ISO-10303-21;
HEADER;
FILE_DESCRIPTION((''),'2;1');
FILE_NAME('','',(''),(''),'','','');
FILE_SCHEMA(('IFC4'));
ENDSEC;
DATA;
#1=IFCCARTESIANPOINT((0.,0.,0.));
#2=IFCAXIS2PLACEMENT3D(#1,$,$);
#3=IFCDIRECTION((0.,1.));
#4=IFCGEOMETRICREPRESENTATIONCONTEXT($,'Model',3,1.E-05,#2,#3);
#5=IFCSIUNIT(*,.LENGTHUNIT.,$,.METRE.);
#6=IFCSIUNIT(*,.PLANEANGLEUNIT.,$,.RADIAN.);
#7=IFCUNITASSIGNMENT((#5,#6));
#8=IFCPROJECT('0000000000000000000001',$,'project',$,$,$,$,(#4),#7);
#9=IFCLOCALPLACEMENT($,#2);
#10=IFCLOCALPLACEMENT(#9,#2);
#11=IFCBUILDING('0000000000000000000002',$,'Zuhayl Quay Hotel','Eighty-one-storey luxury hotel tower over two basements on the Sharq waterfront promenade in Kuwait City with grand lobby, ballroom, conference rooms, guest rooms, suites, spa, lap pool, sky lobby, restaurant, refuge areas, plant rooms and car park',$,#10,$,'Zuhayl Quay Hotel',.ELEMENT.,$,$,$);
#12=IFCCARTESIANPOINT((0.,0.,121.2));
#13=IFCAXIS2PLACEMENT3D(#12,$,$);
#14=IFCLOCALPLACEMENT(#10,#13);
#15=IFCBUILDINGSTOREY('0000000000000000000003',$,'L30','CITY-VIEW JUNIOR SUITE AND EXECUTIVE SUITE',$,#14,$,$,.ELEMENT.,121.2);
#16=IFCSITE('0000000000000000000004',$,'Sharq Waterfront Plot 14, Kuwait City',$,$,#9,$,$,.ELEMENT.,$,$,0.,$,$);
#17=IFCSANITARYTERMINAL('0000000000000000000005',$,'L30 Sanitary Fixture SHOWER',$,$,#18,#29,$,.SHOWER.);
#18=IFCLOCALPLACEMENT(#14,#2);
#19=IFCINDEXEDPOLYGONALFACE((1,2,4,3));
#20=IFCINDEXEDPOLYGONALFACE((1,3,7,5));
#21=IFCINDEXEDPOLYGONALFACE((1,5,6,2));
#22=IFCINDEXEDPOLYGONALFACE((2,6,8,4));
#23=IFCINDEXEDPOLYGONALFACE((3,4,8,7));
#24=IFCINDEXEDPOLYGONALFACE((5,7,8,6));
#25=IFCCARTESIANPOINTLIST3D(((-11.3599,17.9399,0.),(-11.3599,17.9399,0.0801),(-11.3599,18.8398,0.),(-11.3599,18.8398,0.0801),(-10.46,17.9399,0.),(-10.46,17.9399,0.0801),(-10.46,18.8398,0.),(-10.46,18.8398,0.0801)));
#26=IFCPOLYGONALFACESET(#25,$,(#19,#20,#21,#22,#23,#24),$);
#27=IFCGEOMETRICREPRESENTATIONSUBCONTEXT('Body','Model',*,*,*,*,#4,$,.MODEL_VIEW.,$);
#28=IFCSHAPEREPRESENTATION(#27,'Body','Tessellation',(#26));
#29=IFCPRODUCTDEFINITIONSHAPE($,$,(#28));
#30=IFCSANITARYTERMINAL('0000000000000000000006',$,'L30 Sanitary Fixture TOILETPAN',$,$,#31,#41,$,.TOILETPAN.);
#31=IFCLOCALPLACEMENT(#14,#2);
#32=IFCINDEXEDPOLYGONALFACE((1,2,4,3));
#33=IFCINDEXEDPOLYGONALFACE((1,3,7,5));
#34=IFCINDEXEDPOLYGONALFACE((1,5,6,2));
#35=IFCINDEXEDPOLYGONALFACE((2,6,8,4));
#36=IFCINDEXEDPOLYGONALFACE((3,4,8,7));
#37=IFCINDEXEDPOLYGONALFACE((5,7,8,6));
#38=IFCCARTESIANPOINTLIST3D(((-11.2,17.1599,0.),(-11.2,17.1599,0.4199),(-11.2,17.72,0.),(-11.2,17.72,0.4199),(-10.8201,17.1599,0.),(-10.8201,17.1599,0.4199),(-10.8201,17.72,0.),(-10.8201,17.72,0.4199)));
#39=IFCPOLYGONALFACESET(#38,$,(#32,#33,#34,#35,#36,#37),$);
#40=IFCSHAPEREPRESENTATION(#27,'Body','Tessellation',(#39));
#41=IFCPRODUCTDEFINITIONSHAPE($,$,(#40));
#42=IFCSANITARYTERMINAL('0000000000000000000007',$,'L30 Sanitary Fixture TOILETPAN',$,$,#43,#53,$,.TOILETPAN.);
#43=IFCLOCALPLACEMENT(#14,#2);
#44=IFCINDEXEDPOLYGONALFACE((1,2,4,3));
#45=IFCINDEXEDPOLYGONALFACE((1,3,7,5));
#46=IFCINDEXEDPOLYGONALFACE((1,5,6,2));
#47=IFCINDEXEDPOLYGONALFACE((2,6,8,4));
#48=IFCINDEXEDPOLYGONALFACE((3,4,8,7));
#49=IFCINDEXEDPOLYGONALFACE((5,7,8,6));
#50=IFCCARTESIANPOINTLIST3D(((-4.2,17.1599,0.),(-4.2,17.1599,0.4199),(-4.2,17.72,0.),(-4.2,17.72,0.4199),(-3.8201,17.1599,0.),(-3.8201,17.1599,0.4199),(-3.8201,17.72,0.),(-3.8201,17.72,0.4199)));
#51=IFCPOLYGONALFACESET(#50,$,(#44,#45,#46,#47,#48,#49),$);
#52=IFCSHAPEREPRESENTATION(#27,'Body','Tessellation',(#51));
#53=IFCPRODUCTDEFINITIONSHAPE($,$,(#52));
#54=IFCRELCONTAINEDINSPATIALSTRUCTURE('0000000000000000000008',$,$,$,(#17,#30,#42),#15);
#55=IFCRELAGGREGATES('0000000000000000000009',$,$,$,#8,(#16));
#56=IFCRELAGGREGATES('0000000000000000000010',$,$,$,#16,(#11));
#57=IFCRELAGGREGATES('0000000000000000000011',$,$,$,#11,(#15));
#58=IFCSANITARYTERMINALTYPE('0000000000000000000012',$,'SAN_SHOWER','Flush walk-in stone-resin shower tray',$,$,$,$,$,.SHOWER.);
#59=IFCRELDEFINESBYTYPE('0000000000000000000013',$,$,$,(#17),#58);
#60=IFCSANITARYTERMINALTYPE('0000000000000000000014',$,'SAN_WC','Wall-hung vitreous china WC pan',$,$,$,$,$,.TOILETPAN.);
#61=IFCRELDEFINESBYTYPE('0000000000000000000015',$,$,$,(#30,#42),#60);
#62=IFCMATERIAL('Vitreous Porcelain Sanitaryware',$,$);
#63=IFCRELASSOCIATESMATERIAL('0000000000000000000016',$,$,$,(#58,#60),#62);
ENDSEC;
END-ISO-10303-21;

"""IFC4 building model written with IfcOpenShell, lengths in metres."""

from ifc_helpers import new_model, si_unit, direction, frame, origin, origin_2d, place, context, subcontext, project, spatial, rectangle, extrude, material, type_object, element, save


model = new_model("IFC4")

# Units and contexts
model_context = context("Model", 3, precision=1e-05, world=origin(), true_north=direction((0.0, 1.0)))
body_context = subcontext(model_context, "Body", "Model", "MODEL_VIEW")
ifc_project = project(units=[si_unit("LENGTHUNIT", "METRE"), si_unit("PLANEANGLEUNIT", "RADIAN")], contexts=[model_context])

# Site, building, storey
site_placement = place(None, origin())
site = spatial("IfcSite", under=ifc_project, at=site_placement, Name="Sharq Waterfront Plot 14, Kuwait City", CompositionType="ELEMENT", RefElevation=0.0)
building_placement = place(site_placement, origin())
building = spatial("IfcBuilding", under=site, at=building_placement, Name="Zuhayl Quay Hotel", Description="Eighty-one-storey luxury hotel tower over two basements on the Sharq waterfront promenade in Kuwait City with grand lobby, ballroom, conference rooms, guest rooms, suites, spa, lap pool, sky lobby, restaurant, refuge areas, plant rooms and car park", LongName="Zuhayl Quay Hotel", CompositionType="ELEMENT")
storey_placement = place(building_placement, frame((0.0, 0.0, 121.2)))
storey = spatial("IfcBuildingStorey", under=building, at=storey_placement, Name="L30", Description="CITY-VIEW JUNIOR SUITE AND EXECUTIVE SUITE", CompositionType="ELEMENT", Elevation=121.2)

# Sanitary terminals
ifc_material_1 = material(Name="Vitreous Porcelain Sanitaryware")
sanitary_terminal_type_1 = type_object("IfcSanitaryTerminalType", Name="SAN_SHOWER", Description="Flush walk-in stone-resin shower tray", PredefinedType="SHOWER", material=ifc_material_1)
sanitary_terminal_1_placement = place(storey_placement, frame((-10.9099, 18.3899, 0.0), z_axis=(0.0, 0.0, 1.0), x_axis=(1.0, 0.0, 0.0)))
element("IfcSanitaryTerminal", 1, at=sanitary_terminal_1_placement, inside=storey, type_object=sanitary_terminal_type_1, Name="L30 Sanitary Fixture SHOWER", PredefinedType="SHOWER", context=body_context, shape_type="SweptSolid", body=[
    extrude(rectangle(XDim=0.8999, YDim=0.8999, at=origin_2d()), origin(), (0.0, 0.0, 1.0), 0.0801),
])
sanitary_terminal_type_2 = type_object("IfcSanitaryTerminalType", Name="SAN_WC", Description="Wall-hung vitreous china WC pan", PredefinedType="TOILETPAN", material=ifc_material_1)
for number, where, z_axis, x_axis, name in (
    (2, (-11.01, 17.4399, 0.0), (0.0, 0.0, 1.0), (1.0, 0.0, 0.0), "L30 Sanitary Fixture TOILETPAN"),
    (3, (-4.01, 17.4399, 0.0), (0.0, 0.0, 1.0), (1.0, 0.0, 0.0), "L30 Sanitary Fixture TOILETPAN"),
):
    element("IfcSanitaryTerminal", number, at=place(storey_placement, frame(where, z_axis=z_axis, x_axis=x_axis)), inside=storey, type_object=sanitary_terminal_type_2, Name=name, PredefinedType="TOILETPAN", context=body_context, shape_type="SweptSolid", body=[
        extrude(rectangle(XDim=0.3799, YDim=0.5601, at=origin_2d()), origin(), (0.0, 0.0, 1.0), 0.4199),
    ])

save(model, "model.ifc")
